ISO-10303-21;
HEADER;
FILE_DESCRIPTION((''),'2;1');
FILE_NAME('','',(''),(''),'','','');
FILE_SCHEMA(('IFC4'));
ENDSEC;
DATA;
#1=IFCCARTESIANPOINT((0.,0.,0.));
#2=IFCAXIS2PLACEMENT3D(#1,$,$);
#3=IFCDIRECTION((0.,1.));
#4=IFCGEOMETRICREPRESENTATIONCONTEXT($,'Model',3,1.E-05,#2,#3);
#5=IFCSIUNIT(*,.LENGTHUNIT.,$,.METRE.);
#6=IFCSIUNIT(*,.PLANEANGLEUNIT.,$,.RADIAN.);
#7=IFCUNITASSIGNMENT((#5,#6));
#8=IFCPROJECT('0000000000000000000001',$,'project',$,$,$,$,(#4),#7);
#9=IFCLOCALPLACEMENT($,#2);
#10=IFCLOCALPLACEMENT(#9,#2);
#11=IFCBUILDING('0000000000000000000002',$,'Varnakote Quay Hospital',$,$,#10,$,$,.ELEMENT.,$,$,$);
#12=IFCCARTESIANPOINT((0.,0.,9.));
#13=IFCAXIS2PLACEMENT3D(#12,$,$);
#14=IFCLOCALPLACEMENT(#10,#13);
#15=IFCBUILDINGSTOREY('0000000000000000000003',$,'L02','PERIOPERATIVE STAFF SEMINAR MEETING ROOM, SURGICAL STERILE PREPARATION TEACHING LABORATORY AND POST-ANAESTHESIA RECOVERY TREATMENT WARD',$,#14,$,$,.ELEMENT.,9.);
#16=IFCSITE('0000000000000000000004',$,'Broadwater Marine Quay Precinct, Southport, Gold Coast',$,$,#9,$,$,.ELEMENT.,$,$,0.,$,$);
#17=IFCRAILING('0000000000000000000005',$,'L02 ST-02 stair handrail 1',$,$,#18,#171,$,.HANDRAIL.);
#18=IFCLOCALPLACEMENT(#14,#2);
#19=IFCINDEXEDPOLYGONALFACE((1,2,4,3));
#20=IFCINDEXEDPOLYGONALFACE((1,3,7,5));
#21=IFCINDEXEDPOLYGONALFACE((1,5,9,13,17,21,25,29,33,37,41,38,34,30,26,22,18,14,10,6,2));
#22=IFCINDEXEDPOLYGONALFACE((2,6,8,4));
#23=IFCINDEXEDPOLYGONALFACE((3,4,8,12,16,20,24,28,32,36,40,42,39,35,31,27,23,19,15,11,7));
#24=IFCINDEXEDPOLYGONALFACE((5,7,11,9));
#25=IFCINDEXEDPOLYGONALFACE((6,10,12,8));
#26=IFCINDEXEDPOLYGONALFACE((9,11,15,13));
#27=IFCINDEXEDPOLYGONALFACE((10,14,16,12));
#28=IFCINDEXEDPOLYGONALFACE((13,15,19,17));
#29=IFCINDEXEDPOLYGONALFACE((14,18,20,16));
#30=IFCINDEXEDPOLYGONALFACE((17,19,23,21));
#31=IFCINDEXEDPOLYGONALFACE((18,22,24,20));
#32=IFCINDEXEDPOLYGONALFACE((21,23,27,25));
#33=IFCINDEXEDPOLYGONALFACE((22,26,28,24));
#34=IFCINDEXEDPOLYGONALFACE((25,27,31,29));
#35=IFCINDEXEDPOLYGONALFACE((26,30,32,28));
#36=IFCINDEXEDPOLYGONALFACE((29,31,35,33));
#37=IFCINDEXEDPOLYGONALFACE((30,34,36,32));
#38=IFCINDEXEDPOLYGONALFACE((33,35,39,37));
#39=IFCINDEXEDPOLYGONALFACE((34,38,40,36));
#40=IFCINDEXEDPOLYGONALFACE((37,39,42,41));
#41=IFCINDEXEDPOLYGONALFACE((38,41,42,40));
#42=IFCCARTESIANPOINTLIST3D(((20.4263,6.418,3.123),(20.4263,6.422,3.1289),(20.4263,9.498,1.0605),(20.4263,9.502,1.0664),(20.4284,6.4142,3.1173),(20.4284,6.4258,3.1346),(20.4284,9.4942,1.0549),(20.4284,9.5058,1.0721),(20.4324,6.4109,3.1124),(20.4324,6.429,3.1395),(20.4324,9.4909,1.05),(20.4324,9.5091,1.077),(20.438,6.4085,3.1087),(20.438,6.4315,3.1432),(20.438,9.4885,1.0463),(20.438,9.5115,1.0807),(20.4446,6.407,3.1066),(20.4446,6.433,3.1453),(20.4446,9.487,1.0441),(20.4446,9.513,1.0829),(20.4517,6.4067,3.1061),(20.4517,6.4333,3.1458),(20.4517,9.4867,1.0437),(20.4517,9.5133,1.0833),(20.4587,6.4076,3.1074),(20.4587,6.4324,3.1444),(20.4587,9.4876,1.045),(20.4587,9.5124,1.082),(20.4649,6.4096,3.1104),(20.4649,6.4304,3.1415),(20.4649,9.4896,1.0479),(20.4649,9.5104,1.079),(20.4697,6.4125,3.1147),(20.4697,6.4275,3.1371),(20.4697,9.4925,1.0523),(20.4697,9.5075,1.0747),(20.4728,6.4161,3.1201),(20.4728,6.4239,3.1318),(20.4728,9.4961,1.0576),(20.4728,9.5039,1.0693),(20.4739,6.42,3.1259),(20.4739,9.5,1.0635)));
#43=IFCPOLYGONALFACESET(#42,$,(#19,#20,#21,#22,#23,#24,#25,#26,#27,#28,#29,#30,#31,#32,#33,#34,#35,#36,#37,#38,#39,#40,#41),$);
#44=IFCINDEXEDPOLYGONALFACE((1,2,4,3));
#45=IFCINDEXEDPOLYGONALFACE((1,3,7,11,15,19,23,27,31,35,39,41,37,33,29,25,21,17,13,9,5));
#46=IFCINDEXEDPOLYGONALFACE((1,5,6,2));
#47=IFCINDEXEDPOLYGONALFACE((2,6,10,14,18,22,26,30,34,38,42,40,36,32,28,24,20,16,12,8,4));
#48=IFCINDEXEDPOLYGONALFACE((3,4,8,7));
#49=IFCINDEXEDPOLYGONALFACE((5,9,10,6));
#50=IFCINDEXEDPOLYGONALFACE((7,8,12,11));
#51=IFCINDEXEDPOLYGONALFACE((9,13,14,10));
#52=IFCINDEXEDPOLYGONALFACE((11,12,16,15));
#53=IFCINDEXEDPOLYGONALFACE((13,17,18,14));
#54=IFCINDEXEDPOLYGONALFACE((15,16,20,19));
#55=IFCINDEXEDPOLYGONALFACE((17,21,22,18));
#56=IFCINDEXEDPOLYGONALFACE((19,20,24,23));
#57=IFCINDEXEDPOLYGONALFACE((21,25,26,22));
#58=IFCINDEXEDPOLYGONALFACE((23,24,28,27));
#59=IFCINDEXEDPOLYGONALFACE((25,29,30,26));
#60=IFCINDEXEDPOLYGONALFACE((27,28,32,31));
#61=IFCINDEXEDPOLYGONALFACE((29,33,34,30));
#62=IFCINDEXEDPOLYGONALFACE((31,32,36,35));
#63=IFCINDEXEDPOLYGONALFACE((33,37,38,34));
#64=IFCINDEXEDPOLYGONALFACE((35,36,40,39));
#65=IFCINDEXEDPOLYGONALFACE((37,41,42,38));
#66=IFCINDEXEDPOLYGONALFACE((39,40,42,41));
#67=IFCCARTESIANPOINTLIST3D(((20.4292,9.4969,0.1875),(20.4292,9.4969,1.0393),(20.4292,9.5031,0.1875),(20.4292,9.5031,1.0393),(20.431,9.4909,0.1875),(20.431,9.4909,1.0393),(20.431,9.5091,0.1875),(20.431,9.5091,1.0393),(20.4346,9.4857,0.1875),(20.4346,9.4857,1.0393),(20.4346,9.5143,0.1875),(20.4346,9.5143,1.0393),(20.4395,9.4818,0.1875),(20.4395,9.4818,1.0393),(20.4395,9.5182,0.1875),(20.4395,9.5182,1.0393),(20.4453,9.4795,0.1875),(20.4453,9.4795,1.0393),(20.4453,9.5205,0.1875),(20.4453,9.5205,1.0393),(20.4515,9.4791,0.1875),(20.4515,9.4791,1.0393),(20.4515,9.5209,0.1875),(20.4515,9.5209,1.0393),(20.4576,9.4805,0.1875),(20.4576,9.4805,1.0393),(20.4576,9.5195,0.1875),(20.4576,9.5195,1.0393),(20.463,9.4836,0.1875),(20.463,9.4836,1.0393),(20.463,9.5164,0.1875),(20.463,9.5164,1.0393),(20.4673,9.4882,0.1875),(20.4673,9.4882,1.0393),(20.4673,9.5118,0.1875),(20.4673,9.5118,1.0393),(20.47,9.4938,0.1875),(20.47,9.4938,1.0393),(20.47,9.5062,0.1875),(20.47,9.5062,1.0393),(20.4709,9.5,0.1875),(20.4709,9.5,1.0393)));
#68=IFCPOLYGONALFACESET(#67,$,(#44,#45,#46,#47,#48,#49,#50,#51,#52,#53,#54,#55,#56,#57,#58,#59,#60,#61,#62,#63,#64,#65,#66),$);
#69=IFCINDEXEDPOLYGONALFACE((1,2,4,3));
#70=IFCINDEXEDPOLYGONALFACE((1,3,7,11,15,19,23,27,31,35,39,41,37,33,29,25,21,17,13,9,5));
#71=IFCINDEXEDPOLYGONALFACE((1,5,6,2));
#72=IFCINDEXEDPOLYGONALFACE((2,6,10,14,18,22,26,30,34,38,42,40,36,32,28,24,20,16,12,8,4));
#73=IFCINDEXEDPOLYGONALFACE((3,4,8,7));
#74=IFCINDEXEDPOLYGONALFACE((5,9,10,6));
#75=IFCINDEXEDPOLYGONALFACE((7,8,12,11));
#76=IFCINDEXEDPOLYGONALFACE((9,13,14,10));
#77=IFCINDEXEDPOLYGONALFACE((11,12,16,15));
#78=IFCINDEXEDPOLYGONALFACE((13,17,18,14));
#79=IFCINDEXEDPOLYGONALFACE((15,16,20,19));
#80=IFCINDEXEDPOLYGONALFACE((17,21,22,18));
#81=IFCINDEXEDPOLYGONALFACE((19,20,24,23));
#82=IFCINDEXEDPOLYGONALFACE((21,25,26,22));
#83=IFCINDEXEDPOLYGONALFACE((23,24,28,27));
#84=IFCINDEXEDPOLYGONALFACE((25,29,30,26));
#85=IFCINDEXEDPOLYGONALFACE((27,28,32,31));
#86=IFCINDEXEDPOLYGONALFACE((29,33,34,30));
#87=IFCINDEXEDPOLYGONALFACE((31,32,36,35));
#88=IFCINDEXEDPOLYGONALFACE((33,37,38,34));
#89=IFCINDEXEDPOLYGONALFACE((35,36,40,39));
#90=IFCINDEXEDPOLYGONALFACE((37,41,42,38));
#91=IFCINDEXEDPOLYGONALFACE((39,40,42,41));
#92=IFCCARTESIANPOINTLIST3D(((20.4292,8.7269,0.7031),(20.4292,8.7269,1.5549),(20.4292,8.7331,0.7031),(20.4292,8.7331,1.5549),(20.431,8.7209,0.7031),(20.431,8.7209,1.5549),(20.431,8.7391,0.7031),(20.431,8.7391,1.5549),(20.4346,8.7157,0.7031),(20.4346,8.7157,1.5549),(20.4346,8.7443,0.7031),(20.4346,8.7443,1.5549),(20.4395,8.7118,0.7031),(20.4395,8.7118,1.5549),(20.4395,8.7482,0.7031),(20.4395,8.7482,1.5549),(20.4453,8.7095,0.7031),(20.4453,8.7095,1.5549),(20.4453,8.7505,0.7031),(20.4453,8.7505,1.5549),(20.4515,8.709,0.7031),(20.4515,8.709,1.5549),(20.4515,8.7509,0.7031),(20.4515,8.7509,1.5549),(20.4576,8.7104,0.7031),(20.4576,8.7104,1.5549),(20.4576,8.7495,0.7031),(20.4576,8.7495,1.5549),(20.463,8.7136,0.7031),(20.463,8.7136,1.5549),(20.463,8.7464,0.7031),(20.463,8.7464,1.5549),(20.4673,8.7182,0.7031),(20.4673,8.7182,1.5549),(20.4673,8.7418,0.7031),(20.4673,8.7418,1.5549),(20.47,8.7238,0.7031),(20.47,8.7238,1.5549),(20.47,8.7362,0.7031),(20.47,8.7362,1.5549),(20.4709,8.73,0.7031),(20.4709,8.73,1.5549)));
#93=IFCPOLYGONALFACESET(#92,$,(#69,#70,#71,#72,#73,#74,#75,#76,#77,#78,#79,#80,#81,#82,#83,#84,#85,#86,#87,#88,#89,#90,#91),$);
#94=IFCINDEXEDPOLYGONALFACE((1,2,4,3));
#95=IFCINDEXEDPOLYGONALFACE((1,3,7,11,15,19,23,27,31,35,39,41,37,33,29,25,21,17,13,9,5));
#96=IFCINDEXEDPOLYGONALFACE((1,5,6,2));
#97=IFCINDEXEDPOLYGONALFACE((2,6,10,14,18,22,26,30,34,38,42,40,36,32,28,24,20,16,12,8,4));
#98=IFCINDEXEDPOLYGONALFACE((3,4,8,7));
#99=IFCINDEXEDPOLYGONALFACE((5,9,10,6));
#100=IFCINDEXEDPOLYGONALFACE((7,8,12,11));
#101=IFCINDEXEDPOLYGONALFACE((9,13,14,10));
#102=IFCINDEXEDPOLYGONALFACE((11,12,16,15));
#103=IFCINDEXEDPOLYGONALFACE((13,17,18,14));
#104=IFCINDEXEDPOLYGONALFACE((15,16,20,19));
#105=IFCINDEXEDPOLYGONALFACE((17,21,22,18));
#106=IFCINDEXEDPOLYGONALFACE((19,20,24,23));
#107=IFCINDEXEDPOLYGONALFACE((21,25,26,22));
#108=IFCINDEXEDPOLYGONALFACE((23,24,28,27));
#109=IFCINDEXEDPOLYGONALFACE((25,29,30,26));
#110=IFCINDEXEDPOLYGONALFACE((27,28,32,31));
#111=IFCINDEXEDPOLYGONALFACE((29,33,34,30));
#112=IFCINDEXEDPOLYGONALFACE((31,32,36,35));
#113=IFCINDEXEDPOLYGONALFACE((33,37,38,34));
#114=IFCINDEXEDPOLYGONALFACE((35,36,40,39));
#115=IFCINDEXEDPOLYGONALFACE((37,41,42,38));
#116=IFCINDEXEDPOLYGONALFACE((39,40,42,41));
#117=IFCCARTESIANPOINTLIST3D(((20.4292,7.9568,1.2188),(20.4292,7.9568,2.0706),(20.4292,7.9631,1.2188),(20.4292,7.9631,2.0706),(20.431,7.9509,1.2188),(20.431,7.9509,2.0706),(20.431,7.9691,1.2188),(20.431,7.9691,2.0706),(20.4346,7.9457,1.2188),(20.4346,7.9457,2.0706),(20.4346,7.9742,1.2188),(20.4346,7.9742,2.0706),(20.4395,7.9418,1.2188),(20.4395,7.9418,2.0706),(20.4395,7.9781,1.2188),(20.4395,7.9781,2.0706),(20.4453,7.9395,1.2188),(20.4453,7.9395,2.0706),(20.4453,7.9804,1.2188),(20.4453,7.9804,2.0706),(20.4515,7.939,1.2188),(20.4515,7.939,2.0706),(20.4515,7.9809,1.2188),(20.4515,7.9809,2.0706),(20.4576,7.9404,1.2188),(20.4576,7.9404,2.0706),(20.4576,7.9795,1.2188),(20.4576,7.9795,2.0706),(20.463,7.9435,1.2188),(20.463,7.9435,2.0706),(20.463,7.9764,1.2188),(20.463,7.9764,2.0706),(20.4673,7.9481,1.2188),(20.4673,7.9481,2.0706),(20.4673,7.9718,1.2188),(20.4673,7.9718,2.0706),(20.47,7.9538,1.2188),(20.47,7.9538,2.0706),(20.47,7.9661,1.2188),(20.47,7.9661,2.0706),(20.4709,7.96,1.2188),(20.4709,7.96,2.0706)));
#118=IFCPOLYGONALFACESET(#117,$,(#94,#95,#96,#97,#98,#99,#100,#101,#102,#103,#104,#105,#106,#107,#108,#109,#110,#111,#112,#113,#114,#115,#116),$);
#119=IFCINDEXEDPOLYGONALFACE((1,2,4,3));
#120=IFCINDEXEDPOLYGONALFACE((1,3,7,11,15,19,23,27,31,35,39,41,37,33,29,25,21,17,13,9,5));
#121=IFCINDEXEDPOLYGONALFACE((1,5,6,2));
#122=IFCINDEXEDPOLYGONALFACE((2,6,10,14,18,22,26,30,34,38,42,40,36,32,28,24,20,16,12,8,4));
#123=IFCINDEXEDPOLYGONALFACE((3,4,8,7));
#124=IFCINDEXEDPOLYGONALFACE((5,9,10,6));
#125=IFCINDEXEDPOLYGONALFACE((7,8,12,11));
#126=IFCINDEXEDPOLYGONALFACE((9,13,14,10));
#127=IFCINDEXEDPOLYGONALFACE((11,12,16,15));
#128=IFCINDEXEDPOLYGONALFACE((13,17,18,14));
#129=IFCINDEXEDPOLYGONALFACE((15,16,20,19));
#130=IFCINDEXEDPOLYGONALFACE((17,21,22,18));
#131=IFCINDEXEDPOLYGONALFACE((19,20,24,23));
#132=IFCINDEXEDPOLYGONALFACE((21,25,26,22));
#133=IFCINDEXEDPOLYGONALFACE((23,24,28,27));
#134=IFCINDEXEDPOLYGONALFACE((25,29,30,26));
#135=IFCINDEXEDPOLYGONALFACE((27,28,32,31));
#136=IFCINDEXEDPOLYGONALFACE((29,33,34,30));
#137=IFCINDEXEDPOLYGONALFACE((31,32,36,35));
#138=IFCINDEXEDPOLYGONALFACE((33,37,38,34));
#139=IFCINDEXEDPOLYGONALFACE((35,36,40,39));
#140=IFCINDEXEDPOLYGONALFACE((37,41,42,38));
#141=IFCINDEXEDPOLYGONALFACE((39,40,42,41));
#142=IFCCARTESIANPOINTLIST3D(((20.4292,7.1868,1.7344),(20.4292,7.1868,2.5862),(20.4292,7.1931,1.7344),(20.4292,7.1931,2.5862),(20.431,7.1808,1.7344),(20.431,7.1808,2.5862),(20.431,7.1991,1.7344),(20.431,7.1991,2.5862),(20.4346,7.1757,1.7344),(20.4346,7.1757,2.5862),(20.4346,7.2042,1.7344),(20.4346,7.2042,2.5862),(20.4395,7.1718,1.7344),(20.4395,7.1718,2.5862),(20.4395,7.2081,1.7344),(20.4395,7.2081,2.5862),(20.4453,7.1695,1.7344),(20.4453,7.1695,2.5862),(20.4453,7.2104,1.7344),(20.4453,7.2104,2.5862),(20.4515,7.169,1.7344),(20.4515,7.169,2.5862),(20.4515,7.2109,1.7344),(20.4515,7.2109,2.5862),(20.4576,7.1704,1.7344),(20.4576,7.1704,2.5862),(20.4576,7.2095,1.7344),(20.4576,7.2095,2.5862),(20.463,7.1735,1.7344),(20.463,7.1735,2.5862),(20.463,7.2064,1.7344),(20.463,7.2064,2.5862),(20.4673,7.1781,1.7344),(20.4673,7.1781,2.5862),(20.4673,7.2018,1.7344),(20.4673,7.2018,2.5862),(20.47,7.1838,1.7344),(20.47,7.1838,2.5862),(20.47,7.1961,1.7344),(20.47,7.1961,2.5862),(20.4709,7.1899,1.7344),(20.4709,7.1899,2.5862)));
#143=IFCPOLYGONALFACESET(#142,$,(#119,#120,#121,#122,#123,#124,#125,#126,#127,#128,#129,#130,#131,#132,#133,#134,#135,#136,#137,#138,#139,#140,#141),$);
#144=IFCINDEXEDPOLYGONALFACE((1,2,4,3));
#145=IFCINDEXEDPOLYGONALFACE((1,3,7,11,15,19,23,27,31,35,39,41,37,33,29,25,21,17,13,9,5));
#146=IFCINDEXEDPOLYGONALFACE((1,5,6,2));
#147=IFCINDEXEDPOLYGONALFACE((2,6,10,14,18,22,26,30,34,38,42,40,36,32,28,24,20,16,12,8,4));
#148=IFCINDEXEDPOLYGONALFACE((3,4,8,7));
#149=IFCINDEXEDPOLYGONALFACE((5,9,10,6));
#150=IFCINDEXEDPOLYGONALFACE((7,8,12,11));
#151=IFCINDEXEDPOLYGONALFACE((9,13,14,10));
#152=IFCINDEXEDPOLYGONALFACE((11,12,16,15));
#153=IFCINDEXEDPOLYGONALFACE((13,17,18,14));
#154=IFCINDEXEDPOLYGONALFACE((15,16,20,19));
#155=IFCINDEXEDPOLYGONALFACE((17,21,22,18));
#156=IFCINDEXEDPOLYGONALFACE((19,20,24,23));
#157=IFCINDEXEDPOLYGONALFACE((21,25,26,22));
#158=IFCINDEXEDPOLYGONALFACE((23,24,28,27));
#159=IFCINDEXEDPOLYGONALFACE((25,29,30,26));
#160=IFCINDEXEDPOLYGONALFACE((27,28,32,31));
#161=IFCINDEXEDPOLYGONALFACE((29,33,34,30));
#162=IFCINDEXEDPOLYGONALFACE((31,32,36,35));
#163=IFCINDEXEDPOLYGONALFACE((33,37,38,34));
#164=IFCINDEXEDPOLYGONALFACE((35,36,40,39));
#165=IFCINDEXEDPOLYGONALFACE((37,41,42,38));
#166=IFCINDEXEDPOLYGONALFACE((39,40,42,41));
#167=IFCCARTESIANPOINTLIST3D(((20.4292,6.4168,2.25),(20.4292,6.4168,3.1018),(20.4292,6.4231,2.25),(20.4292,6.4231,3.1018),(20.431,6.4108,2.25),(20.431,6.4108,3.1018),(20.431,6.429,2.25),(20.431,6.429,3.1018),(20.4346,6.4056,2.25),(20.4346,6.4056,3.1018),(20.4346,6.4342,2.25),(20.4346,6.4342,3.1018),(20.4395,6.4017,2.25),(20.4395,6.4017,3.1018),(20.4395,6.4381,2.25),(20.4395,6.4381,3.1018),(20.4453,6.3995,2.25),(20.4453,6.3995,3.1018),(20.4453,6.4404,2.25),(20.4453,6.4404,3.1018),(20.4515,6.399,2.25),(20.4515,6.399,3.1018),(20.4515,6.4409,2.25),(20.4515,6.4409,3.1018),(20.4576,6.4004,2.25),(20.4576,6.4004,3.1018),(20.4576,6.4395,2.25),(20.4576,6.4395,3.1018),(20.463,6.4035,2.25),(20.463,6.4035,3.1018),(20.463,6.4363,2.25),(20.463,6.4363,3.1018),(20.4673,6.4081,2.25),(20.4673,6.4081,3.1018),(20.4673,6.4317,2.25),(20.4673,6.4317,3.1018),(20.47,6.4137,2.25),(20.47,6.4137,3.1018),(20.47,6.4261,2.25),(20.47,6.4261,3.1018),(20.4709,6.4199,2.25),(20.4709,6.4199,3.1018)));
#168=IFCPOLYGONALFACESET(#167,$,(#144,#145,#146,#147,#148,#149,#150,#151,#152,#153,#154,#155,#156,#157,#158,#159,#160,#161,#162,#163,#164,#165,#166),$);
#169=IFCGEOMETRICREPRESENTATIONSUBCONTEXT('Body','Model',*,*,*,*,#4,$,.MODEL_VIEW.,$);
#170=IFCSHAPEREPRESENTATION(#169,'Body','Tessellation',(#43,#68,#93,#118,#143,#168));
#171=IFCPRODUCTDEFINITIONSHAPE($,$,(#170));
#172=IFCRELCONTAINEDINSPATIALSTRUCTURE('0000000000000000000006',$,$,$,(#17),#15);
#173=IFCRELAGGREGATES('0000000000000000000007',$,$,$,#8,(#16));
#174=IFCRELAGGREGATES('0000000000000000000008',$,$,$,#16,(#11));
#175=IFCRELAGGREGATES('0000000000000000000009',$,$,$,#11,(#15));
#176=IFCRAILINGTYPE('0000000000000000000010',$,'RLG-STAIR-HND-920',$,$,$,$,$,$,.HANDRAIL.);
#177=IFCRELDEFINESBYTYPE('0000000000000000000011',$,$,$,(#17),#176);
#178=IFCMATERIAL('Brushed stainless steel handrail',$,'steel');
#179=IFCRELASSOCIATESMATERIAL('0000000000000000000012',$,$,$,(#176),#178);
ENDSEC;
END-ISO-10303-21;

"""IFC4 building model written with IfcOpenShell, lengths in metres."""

from ifc_helpers import new_model, si_unit, direction, frame, origin, origin_2d, place, context, subcontext, project, spatial, circle, extrude, material, type_object, element, save


model = new_model("IFC4")

# Units and contexts
model_context = context("Model", 3, precision=1e-05, world=origin(), true_north=direction((0.0, 1.0)))
body_context = subcontext(model_context, "Body", "Model", "MODEL_VIEW")
ifc_project = project(units=[si_unit("LENGTHUNIT", "METRE"), si_unit("PLANEANGLEUNIT", "RADIAN")], contexts=[model_context])

# Site, building, storey
site_placement = place(None, origin())
site = spatial("IfcSite", under=ifc_project, at=site_placement, Name="Broadwater Marine Quay Precinct, Southport, Gold Coast", CompositionType="ELEMENT", RefElevation=0.0)
building_placement = place(site_placement, origin())
building = spatial("IfcBuilding", under=site, at=building_placement, Name="Varnakote Quay Hospital", CompositionType="ELEMENT")
storey_placement = place(building_placement, frame((0.0, 0.0, 9.0)))
storey = spatial("IfcBuildingStorey", under=building, at=storey_placement, Name="L02", Description="PERIOPERATIVE STAFF SEMINAR MEETING ROOM, SURGICAL STERILE PREPARATION TEACHING LABORATORY AND POST-ANAESTHESIA RECOVERY TREATMENT WARD", CompositionType="ELEMENT", Elevation=9.0)

# Railing
ifc_material_1 = material(Name="Brushed stainless steel handrail", Category="steel")
railing_type_1 = type_object("IfcRailingType", Name="RLG-STAIR-HND-920", PredefinedType="HANDRAIL", material=ifc_material_1)
railing_1_placement = place(storey_placement, frame((20.45, 9.5, 0.1875)))
element("IfcRailing", 1, at=railing_1_placement, inside=storey, type_object=railing_type_1, Name="L02 ST-02 stair handrail 1", PredefinedType="HANDRAIL", context=body_context, shape_type="SweptSolid", body=[
    extrude(circle(Radius=0.0239, at=origin_2d()), frame((0.0, 0.0, 0.876), z_axis=(0.0, -0.830914, 0.556401), x_axis=(1.0, 0.0, 0.0)), (0.0, 0.0, 1.0), 3.7068),
    extrude(circle(Radius=0.021, at=origin_2d()), origin(), (0.0, 0.0, 1.0), 0.8518),
    extrude(circle(Radius=0.021, at=origin_2d()), frame((0.0, -0.77, 0.5156)), (0.0, 0.0, 1.0), 0.8518),
    extrude(circle(Radius=0.021, at=origin_2d()), frame((0.0, -1.54, 1.0312)), (0.0, 0.0, 1.0), 0.8518),
    extrude(circle(Radius=0.021, at=origin_2d()), frame((0.0, -2.3101, 1.5469)), (0.0, 0.0, 1.0), 0.8518),
    extrude(circle(Radius=0.021, at=origin_2d()), frame((0.0, -3.0801, 2.0625)), (0.0, 0.0, 1.0), 0.8518),
])

save(model, "model.ifc")
